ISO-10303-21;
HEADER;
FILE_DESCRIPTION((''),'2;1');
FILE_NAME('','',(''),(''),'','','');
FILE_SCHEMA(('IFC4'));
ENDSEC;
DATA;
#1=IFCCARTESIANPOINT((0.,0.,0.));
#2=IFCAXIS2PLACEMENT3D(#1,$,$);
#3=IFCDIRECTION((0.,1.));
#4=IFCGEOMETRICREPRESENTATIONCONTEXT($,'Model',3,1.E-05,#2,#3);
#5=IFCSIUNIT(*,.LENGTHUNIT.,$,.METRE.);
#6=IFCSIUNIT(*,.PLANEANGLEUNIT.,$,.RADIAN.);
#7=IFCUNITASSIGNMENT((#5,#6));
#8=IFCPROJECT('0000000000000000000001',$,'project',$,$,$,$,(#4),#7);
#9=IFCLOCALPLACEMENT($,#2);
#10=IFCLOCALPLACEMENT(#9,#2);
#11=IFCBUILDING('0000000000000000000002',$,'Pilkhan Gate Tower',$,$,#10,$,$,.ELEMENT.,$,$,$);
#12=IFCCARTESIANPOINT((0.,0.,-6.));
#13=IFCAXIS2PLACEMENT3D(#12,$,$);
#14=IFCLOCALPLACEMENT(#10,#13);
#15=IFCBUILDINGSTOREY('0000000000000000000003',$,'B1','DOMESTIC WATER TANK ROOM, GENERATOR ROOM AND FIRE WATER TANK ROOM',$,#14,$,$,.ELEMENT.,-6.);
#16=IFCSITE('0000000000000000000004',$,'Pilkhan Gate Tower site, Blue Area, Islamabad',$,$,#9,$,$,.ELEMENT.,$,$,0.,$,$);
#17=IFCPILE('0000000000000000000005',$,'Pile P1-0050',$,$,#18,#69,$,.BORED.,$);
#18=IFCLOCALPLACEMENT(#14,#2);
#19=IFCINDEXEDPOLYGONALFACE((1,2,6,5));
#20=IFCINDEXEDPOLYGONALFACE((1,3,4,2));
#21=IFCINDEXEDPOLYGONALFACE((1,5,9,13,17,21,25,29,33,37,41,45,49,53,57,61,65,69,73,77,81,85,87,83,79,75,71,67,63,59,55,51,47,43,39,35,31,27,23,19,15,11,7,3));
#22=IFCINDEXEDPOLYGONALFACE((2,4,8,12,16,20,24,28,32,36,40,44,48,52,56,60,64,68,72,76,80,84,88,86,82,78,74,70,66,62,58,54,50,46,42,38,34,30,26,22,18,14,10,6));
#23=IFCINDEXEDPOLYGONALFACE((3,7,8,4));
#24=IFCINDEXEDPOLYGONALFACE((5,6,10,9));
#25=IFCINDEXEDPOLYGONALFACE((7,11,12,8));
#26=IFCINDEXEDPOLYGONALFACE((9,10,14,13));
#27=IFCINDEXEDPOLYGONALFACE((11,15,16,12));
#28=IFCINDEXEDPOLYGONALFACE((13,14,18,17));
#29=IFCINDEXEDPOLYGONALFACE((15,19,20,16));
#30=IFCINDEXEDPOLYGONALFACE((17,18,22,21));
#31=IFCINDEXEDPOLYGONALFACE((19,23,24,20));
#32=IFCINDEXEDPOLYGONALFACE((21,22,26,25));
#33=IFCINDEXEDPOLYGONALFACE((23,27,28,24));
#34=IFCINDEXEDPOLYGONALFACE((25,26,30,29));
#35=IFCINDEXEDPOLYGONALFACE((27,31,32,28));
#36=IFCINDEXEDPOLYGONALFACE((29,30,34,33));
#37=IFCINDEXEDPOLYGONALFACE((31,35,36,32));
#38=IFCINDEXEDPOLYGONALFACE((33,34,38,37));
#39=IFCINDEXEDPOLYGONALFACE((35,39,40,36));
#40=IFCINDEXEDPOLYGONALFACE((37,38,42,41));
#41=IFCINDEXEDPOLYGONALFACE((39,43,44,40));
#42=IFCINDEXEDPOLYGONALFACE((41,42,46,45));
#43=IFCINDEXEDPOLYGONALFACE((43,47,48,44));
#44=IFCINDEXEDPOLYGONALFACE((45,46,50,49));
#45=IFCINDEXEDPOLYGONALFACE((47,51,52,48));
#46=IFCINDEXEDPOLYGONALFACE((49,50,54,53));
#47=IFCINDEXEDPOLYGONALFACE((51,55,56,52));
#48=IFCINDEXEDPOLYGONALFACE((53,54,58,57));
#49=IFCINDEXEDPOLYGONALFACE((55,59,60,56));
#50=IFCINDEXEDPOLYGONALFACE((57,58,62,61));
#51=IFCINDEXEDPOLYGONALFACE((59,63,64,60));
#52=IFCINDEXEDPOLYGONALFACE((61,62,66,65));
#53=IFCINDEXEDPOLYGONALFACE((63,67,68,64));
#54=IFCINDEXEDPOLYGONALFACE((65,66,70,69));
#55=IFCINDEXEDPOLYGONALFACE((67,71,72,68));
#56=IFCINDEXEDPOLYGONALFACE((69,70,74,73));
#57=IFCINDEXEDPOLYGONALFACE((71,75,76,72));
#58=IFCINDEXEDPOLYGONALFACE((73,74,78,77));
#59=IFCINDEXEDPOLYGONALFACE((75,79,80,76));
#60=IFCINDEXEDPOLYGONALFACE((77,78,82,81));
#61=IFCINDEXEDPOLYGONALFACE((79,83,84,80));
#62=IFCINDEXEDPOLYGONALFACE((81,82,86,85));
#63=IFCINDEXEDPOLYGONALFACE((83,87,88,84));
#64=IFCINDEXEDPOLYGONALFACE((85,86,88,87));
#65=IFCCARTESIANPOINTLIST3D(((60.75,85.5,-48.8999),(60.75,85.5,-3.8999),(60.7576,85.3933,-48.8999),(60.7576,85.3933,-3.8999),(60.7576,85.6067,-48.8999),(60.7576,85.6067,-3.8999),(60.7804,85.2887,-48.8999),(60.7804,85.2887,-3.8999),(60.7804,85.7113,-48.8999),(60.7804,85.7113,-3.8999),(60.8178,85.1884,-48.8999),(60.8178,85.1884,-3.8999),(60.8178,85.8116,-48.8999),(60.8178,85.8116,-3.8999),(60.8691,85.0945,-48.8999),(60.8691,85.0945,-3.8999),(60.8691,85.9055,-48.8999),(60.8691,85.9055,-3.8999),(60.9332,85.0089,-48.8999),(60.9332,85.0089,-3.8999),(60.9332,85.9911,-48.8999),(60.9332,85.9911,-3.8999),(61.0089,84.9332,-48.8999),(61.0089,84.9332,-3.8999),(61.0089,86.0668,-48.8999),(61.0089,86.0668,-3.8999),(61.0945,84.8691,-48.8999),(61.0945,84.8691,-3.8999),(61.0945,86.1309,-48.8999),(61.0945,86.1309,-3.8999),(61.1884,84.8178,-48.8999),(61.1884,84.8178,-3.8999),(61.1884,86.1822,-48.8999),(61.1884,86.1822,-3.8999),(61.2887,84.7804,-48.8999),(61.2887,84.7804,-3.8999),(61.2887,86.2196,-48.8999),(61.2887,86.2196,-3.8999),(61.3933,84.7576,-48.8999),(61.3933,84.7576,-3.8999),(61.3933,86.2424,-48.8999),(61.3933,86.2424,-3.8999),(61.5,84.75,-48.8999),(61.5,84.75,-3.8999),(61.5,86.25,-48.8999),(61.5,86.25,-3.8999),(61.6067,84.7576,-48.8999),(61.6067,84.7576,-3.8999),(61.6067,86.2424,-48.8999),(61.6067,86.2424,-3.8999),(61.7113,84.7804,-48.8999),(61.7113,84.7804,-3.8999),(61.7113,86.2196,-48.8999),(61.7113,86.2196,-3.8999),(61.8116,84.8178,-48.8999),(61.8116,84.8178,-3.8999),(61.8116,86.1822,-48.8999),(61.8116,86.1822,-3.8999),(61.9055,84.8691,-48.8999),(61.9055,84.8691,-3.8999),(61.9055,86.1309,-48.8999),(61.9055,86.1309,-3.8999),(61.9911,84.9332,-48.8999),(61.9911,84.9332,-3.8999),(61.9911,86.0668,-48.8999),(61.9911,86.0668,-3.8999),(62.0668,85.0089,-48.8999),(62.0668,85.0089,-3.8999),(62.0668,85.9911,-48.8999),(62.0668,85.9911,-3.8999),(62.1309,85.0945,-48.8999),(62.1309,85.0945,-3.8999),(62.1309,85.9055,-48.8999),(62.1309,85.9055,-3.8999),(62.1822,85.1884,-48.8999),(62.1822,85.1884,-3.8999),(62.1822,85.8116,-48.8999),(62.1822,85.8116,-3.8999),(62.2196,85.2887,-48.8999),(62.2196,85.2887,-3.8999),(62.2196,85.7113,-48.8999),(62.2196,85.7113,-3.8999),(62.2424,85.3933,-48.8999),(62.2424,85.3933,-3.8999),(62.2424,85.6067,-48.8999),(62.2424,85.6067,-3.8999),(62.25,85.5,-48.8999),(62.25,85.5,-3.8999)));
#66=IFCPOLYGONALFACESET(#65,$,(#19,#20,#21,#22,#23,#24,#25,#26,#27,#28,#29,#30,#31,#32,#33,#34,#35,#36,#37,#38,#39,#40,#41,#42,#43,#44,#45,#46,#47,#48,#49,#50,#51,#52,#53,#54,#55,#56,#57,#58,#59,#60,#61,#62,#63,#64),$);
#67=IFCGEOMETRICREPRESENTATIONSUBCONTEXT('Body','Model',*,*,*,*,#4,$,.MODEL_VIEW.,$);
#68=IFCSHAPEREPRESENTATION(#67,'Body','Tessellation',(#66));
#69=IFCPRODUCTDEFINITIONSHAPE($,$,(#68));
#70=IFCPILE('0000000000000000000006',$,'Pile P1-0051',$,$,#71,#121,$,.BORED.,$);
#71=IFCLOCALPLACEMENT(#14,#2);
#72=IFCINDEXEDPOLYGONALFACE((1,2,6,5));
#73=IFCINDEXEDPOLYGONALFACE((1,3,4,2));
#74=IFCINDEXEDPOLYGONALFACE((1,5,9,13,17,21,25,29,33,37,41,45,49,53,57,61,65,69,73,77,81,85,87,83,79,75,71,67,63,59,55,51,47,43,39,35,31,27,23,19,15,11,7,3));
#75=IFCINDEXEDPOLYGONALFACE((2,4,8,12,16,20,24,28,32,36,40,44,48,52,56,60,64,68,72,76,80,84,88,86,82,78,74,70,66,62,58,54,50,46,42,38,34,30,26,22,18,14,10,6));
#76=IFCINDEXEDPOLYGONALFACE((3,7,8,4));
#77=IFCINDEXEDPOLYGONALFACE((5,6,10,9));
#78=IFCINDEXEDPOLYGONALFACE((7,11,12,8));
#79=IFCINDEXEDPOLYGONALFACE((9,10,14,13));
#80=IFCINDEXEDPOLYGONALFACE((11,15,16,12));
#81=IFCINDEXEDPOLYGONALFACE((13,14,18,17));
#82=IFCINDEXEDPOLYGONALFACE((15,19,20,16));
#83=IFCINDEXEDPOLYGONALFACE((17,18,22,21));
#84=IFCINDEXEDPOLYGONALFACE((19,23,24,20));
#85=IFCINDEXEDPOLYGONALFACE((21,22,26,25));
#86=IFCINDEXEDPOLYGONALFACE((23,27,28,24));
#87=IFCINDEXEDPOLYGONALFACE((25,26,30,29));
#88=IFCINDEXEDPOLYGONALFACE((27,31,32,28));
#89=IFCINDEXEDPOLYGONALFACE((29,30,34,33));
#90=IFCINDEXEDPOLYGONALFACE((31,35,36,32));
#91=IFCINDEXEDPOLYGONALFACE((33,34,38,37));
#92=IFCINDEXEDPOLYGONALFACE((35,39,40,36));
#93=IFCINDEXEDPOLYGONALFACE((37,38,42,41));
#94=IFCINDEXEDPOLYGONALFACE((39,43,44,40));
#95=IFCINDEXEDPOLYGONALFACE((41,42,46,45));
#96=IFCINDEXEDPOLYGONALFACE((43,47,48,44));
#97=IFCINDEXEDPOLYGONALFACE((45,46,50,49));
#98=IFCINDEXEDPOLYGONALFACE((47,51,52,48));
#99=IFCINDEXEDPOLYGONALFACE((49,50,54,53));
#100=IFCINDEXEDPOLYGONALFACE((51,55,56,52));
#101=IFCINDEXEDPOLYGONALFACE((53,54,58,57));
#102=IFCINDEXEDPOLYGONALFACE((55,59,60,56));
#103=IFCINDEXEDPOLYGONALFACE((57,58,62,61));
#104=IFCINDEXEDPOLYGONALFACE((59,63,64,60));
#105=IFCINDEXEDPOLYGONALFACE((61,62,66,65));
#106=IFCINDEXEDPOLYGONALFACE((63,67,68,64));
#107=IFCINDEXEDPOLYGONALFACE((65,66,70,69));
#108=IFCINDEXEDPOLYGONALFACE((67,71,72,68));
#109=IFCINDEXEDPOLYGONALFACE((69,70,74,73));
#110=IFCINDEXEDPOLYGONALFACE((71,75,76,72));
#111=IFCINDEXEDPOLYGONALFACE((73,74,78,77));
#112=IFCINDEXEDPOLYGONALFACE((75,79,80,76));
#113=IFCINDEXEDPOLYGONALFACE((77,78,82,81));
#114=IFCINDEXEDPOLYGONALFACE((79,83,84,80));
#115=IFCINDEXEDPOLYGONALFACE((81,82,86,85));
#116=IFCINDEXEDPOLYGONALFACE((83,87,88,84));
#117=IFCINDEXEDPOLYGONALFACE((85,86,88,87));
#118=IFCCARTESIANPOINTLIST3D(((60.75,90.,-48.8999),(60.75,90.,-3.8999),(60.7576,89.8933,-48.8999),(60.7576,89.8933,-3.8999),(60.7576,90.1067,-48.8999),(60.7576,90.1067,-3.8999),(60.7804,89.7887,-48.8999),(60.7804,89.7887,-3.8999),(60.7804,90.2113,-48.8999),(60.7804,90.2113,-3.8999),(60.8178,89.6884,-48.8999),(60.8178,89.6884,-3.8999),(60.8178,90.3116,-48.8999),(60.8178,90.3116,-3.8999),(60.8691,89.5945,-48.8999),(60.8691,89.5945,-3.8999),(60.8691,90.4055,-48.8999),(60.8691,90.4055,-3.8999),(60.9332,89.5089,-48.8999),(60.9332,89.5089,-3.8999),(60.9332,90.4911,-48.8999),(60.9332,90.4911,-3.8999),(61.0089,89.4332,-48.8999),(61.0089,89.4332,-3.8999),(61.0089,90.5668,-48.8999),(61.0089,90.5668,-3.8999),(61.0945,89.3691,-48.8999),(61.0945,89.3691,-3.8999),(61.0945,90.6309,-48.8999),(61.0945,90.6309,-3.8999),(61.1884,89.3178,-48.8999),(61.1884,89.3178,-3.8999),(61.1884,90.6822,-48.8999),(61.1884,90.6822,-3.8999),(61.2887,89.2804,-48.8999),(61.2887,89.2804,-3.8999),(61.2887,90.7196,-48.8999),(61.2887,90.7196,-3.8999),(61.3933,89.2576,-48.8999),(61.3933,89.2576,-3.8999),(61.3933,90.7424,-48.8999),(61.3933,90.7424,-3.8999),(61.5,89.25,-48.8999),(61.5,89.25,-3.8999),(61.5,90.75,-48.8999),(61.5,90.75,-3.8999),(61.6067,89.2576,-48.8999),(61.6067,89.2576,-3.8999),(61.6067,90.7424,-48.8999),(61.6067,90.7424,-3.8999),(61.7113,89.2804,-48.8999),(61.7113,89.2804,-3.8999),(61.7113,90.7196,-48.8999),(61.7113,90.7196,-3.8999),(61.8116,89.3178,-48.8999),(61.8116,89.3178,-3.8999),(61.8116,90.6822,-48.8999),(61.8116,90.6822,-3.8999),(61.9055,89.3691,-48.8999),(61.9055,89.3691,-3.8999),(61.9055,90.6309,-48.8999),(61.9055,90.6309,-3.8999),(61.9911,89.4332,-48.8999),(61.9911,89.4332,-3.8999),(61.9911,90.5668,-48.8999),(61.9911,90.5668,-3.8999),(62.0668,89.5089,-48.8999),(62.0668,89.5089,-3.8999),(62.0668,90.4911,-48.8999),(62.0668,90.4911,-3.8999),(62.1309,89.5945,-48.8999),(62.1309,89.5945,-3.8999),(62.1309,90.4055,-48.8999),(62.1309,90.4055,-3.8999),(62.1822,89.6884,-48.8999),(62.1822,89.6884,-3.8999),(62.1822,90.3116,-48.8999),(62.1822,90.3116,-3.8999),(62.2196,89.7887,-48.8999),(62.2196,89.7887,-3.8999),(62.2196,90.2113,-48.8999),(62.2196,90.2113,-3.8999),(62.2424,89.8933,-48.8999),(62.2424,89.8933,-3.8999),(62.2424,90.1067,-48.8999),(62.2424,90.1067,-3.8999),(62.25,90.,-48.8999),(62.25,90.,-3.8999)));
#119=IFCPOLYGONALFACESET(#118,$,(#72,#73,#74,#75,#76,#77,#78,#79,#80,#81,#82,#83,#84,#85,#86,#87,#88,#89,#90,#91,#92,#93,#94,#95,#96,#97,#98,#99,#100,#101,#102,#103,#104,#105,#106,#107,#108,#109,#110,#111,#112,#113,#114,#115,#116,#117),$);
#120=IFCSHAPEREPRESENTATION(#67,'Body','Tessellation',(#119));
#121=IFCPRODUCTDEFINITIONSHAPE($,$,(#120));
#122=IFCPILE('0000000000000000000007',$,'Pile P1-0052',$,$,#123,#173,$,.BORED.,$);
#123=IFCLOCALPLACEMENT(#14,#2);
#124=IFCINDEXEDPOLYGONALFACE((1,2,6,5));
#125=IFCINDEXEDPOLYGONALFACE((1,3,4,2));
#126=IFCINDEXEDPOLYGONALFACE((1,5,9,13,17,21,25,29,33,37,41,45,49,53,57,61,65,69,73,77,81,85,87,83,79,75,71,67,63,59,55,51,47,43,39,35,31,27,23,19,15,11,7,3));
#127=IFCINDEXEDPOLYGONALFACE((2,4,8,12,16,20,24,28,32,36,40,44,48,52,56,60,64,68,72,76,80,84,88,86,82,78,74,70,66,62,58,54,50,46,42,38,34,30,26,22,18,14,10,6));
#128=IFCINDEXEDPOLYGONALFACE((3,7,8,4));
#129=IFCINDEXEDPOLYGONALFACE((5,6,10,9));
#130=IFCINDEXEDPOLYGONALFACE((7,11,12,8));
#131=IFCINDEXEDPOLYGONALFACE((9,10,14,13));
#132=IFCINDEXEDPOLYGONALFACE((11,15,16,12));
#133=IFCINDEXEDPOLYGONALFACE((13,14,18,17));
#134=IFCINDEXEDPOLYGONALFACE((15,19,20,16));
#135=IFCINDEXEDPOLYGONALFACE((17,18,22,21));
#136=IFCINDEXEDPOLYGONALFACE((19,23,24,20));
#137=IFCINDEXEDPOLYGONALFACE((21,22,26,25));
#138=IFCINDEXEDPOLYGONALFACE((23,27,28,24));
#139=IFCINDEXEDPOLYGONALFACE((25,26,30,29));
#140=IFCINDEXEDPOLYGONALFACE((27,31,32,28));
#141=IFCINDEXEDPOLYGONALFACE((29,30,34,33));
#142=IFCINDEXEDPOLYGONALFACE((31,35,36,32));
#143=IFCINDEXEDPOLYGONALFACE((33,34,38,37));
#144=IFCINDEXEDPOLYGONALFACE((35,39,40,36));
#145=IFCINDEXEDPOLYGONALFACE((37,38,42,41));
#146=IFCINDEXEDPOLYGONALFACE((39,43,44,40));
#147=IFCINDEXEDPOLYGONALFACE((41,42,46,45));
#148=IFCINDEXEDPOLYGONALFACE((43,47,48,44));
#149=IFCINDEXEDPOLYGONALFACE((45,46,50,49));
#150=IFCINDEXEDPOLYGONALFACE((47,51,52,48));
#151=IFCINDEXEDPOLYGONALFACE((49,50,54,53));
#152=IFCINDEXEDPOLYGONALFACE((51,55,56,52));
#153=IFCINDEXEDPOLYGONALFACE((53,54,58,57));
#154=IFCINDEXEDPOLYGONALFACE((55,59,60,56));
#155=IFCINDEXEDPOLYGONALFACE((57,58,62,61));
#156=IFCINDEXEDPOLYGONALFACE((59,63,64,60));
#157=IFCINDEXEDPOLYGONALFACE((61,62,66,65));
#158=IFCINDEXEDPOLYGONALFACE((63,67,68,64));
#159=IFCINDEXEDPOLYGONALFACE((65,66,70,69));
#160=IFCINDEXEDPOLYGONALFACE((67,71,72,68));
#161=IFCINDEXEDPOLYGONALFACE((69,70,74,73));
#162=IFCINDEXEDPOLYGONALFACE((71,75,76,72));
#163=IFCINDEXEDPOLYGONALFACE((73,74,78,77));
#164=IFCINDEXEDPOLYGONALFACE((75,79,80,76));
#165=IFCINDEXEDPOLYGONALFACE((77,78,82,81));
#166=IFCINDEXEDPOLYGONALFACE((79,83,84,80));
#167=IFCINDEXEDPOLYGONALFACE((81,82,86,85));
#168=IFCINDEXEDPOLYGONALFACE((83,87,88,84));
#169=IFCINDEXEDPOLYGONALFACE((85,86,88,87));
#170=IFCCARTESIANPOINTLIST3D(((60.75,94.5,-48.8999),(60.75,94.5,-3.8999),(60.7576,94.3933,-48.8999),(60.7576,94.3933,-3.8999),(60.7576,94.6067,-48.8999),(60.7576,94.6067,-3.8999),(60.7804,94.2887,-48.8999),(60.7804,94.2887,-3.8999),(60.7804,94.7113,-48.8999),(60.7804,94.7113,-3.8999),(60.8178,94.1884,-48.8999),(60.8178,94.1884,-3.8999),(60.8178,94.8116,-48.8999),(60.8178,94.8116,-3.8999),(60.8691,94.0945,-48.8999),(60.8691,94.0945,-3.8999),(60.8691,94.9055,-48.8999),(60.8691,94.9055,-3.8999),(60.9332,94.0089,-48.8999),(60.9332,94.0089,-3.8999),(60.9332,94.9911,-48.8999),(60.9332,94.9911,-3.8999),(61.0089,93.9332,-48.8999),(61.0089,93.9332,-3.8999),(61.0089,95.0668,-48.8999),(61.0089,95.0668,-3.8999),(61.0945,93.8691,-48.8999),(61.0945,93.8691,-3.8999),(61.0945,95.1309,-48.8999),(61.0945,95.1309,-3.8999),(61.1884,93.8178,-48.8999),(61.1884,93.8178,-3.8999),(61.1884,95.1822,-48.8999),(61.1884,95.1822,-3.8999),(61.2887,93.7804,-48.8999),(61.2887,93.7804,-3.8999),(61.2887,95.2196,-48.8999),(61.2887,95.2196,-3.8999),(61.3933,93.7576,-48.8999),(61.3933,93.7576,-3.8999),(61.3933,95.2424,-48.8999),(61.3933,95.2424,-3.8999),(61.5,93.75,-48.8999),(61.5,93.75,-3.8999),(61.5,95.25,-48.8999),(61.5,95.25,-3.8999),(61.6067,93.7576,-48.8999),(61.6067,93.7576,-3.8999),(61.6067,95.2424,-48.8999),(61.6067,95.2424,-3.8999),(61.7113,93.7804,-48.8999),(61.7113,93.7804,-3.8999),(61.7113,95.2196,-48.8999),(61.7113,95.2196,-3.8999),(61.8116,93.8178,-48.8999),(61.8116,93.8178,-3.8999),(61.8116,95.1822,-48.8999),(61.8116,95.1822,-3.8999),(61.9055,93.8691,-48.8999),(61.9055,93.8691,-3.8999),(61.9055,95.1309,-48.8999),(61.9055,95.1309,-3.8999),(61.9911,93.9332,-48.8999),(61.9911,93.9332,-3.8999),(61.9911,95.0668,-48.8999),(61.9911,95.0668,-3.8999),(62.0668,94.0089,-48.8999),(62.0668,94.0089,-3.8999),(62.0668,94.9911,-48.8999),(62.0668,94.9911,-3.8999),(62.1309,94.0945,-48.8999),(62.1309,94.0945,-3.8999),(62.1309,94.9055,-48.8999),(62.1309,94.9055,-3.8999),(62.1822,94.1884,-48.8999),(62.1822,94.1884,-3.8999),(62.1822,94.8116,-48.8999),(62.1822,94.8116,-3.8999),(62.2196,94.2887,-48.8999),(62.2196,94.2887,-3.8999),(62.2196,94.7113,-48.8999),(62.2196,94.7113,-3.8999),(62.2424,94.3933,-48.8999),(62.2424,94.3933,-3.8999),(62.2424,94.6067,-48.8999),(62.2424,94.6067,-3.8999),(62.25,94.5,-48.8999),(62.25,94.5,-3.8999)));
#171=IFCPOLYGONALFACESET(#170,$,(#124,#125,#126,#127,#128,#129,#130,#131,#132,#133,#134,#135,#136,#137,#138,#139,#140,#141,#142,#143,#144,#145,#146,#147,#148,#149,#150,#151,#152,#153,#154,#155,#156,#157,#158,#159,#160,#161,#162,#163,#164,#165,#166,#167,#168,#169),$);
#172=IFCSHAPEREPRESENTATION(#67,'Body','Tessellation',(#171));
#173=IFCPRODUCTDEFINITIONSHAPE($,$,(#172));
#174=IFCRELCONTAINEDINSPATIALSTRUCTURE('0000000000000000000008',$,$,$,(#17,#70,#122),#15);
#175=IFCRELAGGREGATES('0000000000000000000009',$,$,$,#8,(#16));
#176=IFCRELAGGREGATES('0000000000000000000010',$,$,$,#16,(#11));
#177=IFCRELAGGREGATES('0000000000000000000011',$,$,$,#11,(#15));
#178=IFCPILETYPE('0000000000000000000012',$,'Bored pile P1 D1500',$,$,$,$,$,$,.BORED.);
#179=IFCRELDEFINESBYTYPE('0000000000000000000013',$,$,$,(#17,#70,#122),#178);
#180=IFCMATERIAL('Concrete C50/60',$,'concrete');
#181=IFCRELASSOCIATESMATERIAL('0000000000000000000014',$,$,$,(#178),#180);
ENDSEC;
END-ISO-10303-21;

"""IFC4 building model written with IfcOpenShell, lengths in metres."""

from ifc_helpers import new_model, si_unit, direction, frame, origin, origin_2d, place, context, subcontext, project, spatial, circle, extrude, material, material_profile, profile_set, type_object, element, save


model = new_model("IFC4")

# Units and contexts
model_context = context("Model", 3, precision=1e-05, world=origin(), true_north=direction((0.0, 1.0)))
body_context = subcontext(model_context, "Body", "Model", "MODEL_VIEW")
ifc_project = project(units=[si_unit("LENGTHUNIT", "METRE"), si_unit("PLANEANGLEUNIT", "RADIAN")], contexts=[model_context])

# Site, building, storey
site_placement = place(None, origin())
site = spatial("IfcSite", under=ifc_project, at=site_placement, Name="Pilkhan Gate Tower site, Blue Area, Islamabad", CompositionType="ELEMENT", RefElevation=0.0)
building_placement = place(site_placement, origin())
building = spatial("IfcBuilding", under=site, at=building_placement, Name="Pilkhan Gate Tower", CompositionType="ELEMENT")
storey_placement = place(building_placement, frame((0.0, 0.0, -6.0)))
storey = spatial("IfcBuildingStorey", under=building, at=storey_placement, Name="B1", Description="DOMESTIC WATER TANK ROOM, GENERATOR ROOM AND FIRE WATER TANK ROOM", CompositionType="ELEMENT", Elevation=-6.0)

# Piles
ifc_material_1 = material(Name="Concrete C50/60", Category="concrete")
ifc_material_profile = material_profile(ifc_material_1, circle(Radius=0.75, at=origin_2d()), Name="Bored pile 1500 dia")
ifc_profile_set = profile_set([ifc_material_profile], Name="Concrete C50/60")
pile_type = type_object("IfcPileType", Name="Bored pile P1 D1500", PredefinedType="BORED", material=ifc_profile_set)
for number, where, z_axis, x_axis, name in (
    (1, (61.5, 85.5, -3.8999), (0.0, 0.0, -1.0), (1.0, 0.0, 0.0), "Pile P1-0050"),
    (2, (61.5, 90.0, -3.8999), (0.0, 0.0, -1.0), (1.0, 0.0, 0.0), "Pile P1-0051"),
    (3, (61.5, 94.5, -3.8999), (0.0, 0.0, -1.0), (1.0, 0.0, 0.0), "Pile P1-0052"),
):
    element("IfcPile", number, at=place(storey_placement, frame(where, z_axis=z_axis, x_axis=x_axis)), inside=storey, type_object=pile_type, Name=name, PredefinedType="BORED", context=body_context, shape_type="SweptSolid", body=[
        extrude(circle(Radius=0.75, at=origin_2d()), origin(), (0.0, 0.0, 1.0), 45.0),
    ])

save(model, "model.ifc")
